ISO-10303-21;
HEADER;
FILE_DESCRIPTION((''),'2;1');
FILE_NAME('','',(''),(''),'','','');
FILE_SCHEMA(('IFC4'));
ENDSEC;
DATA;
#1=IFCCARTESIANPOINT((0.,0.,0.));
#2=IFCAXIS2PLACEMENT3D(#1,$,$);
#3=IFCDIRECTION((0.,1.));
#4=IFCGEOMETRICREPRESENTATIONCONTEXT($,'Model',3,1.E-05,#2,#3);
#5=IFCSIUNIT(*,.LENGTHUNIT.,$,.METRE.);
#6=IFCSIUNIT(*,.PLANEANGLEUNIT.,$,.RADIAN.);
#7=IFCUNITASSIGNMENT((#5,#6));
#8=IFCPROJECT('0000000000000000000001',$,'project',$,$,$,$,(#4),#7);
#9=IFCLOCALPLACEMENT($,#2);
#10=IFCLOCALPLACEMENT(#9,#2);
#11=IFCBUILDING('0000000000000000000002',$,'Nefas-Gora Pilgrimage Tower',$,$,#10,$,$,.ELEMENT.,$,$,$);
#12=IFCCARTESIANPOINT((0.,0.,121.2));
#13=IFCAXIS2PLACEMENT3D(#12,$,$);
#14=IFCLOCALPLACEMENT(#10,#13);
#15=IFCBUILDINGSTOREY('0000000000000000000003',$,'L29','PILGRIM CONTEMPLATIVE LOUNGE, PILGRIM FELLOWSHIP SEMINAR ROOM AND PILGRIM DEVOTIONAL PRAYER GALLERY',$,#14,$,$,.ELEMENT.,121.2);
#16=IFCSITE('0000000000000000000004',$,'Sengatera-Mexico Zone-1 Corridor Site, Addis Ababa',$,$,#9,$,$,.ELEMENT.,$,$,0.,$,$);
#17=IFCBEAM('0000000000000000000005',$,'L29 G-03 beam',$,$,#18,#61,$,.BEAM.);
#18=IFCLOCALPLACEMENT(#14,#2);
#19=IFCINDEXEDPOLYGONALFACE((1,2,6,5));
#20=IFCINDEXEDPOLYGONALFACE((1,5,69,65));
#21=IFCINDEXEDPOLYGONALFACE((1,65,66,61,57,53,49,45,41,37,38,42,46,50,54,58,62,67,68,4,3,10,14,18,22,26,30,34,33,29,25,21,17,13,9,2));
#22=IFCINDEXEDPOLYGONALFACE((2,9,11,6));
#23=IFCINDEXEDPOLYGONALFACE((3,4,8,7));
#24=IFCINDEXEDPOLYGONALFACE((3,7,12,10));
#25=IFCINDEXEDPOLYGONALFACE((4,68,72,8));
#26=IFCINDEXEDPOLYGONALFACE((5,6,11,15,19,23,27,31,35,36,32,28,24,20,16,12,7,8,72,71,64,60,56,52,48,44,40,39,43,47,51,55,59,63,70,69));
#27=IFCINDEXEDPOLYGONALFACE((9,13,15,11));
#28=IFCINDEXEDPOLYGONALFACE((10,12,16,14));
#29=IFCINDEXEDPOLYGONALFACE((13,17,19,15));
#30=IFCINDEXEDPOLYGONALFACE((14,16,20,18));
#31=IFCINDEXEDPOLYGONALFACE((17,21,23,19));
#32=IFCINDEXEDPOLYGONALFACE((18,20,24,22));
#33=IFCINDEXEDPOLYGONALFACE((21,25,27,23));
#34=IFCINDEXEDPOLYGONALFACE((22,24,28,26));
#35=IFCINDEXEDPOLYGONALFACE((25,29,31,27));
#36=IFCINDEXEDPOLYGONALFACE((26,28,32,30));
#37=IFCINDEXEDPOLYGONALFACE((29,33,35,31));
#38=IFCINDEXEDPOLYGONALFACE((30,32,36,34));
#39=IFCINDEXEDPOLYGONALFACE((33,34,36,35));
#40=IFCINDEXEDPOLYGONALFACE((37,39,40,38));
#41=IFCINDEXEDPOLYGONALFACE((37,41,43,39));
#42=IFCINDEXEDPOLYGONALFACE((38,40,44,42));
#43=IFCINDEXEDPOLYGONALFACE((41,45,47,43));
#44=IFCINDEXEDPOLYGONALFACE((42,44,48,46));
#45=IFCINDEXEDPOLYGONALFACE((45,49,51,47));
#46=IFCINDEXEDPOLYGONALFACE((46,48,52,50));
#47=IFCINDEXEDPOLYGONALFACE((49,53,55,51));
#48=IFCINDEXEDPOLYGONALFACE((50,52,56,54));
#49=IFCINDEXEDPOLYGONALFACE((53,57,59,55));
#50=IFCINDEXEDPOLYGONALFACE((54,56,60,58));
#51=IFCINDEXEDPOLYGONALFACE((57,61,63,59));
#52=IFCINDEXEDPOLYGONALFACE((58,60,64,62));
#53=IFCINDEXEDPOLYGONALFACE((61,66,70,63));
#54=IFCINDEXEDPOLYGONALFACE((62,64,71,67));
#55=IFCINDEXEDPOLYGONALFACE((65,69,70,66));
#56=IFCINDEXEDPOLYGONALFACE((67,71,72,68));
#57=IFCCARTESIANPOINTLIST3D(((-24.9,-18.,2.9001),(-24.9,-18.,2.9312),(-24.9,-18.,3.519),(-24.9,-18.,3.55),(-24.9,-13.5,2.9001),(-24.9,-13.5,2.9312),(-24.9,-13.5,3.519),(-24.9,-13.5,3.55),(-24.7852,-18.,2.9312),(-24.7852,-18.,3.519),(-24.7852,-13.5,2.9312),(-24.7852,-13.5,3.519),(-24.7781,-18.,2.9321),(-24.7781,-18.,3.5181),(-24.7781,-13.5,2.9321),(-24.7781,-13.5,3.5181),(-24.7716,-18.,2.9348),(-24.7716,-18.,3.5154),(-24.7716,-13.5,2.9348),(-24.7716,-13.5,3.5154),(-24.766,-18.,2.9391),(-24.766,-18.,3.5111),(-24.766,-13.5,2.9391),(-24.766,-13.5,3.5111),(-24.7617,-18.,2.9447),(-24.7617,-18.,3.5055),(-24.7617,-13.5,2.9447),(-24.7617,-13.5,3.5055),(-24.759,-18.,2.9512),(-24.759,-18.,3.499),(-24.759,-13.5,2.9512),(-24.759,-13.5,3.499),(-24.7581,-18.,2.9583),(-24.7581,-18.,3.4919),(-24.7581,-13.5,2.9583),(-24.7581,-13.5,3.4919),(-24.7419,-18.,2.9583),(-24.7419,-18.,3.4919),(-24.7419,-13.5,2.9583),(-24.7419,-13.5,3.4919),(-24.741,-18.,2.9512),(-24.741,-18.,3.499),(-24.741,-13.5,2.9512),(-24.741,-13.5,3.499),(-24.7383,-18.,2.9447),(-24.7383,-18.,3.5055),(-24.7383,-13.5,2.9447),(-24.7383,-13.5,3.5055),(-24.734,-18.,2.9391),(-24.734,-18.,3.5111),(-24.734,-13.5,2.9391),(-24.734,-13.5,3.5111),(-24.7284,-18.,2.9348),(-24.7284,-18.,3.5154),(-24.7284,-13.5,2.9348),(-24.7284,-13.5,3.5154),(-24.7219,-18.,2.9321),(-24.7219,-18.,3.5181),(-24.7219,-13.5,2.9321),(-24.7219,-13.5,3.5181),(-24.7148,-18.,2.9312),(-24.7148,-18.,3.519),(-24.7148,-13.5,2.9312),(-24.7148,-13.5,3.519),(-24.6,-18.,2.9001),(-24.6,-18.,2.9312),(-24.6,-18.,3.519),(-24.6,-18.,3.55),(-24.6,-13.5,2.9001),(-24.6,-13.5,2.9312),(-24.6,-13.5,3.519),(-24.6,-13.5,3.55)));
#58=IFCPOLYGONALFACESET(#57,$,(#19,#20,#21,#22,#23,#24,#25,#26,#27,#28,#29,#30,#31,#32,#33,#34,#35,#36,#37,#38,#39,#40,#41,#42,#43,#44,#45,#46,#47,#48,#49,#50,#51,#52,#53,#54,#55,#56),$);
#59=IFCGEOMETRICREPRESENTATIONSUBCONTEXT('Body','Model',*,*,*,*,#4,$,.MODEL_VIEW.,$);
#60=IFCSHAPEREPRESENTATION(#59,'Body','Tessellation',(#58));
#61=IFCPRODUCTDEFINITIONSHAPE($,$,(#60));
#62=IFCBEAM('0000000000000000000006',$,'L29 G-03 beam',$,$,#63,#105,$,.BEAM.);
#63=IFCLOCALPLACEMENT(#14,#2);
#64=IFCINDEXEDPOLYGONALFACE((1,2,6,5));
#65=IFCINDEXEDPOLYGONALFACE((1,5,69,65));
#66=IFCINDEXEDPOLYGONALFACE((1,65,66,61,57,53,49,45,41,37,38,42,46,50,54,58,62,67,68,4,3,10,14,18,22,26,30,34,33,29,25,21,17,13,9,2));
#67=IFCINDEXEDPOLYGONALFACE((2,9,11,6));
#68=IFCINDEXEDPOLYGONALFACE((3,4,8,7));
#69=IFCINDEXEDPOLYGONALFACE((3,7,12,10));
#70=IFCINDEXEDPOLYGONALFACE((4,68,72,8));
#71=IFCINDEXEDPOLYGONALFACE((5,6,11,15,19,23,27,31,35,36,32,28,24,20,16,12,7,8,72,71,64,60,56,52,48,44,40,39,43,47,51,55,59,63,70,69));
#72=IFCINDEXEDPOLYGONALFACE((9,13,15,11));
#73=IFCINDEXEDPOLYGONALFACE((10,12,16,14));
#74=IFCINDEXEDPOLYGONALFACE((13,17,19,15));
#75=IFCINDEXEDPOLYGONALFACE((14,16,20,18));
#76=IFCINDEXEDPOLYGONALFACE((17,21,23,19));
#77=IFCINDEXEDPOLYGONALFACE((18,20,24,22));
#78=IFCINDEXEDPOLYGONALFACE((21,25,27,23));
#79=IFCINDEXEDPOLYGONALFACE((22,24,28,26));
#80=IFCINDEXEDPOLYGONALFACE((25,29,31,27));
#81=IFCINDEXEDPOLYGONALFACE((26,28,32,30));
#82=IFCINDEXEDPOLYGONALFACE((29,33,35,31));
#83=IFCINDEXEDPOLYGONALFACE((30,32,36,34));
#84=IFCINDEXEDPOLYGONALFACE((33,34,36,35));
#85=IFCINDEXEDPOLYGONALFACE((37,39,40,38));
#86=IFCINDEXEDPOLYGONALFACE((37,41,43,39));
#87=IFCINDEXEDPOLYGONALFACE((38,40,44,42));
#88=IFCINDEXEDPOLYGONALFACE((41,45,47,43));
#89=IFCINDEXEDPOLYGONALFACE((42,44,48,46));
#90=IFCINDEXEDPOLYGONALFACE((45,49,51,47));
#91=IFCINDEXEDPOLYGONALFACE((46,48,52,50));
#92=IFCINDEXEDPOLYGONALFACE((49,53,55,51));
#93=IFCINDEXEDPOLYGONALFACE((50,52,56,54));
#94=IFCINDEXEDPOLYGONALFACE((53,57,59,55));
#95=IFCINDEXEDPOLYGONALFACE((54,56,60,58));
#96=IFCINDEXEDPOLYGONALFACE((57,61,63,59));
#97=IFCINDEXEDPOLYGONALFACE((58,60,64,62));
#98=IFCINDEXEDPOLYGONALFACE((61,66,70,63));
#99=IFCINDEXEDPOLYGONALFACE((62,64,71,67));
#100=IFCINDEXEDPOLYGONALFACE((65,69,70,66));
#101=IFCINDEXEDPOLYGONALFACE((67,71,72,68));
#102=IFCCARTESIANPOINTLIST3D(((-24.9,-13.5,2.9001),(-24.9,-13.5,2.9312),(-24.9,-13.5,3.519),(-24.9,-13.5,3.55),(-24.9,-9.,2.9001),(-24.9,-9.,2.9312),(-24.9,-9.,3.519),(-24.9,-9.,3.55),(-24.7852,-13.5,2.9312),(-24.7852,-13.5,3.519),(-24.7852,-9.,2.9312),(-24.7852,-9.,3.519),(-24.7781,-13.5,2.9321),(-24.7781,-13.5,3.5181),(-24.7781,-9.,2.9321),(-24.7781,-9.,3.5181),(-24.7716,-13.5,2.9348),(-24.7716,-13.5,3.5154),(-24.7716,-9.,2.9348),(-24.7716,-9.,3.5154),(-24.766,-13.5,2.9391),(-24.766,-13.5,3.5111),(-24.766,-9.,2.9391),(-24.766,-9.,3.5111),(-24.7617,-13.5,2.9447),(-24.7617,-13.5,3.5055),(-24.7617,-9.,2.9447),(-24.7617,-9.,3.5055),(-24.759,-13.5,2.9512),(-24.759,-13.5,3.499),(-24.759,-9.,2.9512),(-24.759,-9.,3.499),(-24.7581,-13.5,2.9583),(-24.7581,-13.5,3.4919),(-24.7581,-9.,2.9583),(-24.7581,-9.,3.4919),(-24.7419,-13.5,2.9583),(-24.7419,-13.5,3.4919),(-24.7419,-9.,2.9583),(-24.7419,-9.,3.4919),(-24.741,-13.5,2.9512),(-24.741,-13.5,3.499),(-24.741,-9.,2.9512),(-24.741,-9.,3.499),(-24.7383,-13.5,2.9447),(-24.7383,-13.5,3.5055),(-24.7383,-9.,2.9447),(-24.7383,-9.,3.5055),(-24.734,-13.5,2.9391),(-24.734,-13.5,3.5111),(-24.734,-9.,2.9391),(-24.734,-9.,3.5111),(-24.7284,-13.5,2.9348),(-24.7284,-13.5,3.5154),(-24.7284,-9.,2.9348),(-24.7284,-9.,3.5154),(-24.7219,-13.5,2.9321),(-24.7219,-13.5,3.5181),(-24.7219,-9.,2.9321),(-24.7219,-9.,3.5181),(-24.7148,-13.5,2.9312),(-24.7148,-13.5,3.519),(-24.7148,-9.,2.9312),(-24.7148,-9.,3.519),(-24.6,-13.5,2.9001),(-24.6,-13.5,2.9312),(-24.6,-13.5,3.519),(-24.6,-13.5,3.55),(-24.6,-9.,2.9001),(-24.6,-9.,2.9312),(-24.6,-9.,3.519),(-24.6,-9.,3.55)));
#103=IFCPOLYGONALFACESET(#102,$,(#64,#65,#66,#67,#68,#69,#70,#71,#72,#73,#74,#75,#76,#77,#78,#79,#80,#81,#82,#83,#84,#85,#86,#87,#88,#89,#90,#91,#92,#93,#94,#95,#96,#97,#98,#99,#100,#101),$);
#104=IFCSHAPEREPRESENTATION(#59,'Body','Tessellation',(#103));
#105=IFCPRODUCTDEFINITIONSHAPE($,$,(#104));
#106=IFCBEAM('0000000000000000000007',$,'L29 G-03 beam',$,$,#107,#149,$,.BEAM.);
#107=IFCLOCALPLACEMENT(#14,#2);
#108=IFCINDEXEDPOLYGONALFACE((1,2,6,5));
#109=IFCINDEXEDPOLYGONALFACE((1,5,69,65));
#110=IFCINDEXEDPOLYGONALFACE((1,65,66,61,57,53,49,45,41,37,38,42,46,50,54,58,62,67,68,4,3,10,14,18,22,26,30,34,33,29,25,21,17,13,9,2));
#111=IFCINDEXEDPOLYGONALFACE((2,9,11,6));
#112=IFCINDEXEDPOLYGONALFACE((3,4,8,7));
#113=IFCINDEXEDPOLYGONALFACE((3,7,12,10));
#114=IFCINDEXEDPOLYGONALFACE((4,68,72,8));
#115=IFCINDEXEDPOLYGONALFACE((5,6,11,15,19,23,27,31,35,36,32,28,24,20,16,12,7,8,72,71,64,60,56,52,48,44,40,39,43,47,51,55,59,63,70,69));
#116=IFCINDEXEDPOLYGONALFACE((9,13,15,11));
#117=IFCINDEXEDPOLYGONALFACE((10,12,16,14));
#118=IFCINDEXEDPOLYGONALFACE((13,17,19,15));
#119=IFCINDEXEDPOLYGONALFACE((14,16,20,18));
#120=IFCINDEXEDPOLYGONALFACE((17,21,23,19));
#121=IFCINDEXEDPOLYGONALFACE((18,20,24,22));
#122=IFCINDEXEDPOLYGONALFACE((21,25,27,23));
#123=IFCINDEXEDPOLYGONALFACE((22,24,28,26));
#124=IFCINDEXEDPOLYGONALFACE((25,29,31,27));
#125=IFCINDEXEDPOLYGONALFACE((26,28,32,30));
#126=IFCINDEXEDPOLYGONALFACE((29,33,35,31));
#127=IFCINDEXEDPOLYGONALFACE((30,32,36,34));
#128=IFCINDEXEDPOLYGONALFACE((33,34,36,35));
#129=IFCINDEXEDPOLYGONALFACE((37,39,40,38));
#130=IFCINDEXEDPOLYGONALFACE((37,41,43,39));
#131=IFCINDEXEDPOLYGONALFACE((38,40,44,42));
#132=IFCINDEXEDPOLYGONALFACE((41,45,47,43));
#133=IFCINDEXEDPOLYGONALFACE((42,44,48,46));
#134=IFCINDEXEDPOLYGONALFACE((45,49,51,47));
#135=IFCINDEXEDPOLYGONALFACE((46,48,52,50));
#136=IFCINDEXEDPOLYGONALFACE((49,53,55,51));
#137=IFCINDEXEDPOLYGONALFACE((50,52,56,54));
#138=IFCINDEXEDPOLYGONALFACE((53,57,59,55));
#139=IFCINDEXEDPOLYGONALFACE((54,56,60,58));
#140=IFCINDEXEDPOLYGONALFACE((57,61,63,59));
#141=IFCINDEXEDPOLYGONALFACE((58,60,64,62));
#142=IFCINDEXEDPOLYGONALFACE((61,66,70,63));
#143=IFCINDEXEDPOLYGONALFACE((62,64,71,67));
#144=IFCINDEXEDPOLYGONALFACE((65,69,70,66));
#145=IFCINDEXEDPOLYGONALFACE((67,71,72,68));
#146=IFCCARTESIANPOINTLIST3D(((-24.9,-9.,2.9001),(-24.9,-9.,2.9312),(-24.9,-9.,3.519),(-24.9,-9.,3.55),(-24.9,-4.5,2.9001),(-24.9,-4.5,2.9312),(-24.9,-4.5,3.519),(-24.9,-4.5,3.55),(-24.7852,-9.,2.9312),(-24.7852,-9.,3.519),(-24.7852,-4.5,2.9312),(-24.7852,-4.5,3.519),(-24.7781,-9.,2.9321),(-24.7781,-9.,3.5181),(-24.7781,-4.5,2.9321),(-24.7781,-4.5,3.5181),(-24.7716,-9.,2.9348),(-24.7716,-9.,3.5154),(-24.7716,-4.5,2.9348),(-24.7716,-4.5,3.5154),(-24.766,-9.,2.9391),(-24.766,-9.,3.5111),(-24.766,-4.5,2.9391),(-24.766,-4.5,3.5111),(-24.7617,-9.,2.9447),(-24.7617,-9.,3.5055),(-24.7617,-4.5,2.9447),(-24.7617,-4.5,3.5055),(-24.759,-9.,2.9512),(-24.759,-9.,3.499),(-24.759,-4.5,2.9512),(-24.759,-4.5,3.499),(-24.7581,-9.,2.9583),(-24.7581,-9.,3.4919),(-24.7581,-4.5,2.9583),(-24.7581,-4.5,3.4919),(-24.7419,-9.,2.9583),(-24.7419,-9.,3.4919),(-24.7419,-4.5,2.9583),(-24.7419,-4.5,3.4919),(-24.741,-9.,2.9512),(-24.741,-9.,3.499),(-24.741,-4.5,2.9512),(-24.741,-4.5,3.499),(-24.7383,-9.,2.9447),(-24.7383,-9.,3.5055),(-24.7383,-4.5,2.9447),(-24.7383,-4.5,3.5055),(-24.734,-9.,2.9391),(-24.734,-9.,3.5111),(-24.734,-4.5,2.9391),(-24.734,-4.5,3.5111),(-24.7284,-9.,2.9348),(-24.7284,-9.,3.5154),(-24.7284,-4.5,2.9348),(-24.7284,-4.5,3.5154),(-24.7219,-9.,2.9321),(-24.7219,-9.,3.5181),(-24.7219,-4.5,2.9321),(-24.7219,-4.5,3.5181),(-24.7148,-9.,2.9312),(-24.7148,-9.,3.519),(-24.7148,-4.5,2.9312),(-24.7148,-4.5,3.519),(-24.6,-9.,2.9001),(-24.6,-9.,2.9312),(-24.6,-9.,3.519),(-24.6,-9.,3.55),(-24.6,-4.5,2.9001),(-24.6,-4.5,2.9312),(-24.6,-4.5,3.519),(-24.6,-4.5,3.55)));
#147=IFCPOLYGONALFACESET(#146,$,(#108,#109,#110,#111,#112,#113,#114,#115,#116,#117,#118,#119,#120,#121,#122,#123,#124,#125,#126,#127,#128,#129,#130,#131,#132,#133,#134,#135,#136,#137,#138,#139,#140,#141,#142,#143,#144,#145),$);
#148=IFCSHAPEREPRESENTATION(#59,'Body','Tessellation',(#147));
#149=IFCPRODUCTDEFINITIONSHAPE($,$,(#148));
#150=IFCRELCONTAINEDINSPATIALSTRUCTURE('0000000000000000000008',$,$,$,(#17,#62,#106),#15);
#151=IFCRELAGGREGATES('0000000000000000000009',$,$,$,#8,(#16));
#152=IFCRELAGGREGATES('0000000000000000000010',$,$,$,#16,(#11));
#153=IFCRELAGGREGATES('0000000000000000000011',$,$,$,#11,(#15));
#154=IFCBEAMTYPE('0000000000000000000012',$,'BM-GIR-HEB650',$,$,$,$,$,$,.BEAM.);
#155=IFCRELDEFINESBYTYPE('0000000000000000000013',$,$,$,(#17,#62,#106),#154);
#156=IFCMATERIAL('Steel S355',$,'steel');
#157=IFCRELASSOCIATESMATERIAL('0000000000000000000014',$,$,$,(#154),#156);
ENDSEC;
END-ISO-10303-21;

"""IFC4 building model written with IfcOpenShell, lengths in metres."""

from ifc_helpers import new_model, si_unit, direction, frame, origin, origin_2d, place, context, subcontext, project, spatial, i_section, extrude, source, transform, mapped, material, material_profile, profile_set, type_object, element, save


model = new_model("IFC4")

# Units and contexts
model_context = context("Model", 3, precision=1e-05, world=origin(), true_north=direction((0.0, 1.0)))
body_context = subcontext(model_context, "Body", "Model", "MODEL_VIEW")
ifc_project = project(units=[si_unit("LENGTHUNIT", "METRE"), si_unit("PLANEANGLEUNIT", "RADIAN")], contexts=[model_context])

# Site, building, storey
site_placement = place(None, origin())
site = spatial("IfcSite", under=ifc_project, at=site_placement, Name="Sengatera-Mexico Zone-1 Corridor Site, Addis Ababa", CompositionType="ELEMENT", RefElevation=0.0)
building_placement = place(site_placement, origin())
building = spatial("IfcBuilding", under=site, at=building_placement, Name="Nefas-Gora Pilgrimage Tower", CompositionType="ELEMENT")
storey_placement = place(building_placement, frame((0.0, 0.0, 121.2)))
storey = spatial("IfcBuildingStorey", under=building, at=storey_placement, Name="L29", Description="PILGRIM CONTEMPLATIVE LOUNGE, PILGRIM FELLOWSHIP SEMINAR ROOM AND PILGRIM DEVOTIONAL PRAYER GALLERY", CompositionType="ELEMENT", Elevation=121.2)

# Beams
ifc_material_1 = material(Name="Steel S355", Category="steel")
ifc_material_profile_1 = material_profile(ifc_material_1, i_section(OverallWidth=0.3, OverallDepth=0.6499, WebThickness=0.0161, FlangeThickness=0.031, FilletRadius=0.0271, at=origin_2d()), Name="HEB 650")
ifc_profile_set_1 = profile_set([ifc_material_profile_1], Name="Steel S355")
beam_type_1 = type_object("IfcBeamType", Name="BM-GIR-HEB650", PredefinedType="BEAM", material=ifc_profile_set_1)
shared_shape_1 = source(origin(), body_context, "Body", "SweptSolid", [
    extrude(i_section(OverallWidth=0.3, OverallDepth=0.6499, WebThickness=0.0161, FlangeThickness=0.031, FilletRadius=0.0271, at=origin_2d()), origin(), (0.0, 0.0, 1.0), 4.5),
])
for number, where, z_axis, x_axis, name in (
    (1, (-24.75, -18.0, 3.2251), (0.0, 1.0, 0.0), (-1.0, 0.0, 0.0), "L29 G-03 beam"),
    (2, (-24.75, -13.5, 3.2251), (0.0, 1.0, 0.0), (-1.0, 0.0, 0.0), "L29 G-03 beam"),
    (3, (-24.75, -9.0, 3.2251), (0.0, 1.0, 0.0), (-1.0, 0.0, 0.0), "L29 G-03 beam"),
):
    element("IfcBeam", number, at=place(storey_placement, frame(where, z_axis=z_axis, x_axis=x_axis)), inside=storey, type_object=beam_type_1, Name=name, PredefinedType="BEAM", context=body_context, shape_type="MappedRepresentation", body=[
        mapped(shared_shape_1, transform((0.0, 0.0, 0.0), x_axis=(1.0, 0.0, 0.0), y_axis=(0.0, 1.0, 0.0), z_axis=(0.0, 0.0, 1.0), scale=1.0)),
    ])

save(model, "model.ifc")
